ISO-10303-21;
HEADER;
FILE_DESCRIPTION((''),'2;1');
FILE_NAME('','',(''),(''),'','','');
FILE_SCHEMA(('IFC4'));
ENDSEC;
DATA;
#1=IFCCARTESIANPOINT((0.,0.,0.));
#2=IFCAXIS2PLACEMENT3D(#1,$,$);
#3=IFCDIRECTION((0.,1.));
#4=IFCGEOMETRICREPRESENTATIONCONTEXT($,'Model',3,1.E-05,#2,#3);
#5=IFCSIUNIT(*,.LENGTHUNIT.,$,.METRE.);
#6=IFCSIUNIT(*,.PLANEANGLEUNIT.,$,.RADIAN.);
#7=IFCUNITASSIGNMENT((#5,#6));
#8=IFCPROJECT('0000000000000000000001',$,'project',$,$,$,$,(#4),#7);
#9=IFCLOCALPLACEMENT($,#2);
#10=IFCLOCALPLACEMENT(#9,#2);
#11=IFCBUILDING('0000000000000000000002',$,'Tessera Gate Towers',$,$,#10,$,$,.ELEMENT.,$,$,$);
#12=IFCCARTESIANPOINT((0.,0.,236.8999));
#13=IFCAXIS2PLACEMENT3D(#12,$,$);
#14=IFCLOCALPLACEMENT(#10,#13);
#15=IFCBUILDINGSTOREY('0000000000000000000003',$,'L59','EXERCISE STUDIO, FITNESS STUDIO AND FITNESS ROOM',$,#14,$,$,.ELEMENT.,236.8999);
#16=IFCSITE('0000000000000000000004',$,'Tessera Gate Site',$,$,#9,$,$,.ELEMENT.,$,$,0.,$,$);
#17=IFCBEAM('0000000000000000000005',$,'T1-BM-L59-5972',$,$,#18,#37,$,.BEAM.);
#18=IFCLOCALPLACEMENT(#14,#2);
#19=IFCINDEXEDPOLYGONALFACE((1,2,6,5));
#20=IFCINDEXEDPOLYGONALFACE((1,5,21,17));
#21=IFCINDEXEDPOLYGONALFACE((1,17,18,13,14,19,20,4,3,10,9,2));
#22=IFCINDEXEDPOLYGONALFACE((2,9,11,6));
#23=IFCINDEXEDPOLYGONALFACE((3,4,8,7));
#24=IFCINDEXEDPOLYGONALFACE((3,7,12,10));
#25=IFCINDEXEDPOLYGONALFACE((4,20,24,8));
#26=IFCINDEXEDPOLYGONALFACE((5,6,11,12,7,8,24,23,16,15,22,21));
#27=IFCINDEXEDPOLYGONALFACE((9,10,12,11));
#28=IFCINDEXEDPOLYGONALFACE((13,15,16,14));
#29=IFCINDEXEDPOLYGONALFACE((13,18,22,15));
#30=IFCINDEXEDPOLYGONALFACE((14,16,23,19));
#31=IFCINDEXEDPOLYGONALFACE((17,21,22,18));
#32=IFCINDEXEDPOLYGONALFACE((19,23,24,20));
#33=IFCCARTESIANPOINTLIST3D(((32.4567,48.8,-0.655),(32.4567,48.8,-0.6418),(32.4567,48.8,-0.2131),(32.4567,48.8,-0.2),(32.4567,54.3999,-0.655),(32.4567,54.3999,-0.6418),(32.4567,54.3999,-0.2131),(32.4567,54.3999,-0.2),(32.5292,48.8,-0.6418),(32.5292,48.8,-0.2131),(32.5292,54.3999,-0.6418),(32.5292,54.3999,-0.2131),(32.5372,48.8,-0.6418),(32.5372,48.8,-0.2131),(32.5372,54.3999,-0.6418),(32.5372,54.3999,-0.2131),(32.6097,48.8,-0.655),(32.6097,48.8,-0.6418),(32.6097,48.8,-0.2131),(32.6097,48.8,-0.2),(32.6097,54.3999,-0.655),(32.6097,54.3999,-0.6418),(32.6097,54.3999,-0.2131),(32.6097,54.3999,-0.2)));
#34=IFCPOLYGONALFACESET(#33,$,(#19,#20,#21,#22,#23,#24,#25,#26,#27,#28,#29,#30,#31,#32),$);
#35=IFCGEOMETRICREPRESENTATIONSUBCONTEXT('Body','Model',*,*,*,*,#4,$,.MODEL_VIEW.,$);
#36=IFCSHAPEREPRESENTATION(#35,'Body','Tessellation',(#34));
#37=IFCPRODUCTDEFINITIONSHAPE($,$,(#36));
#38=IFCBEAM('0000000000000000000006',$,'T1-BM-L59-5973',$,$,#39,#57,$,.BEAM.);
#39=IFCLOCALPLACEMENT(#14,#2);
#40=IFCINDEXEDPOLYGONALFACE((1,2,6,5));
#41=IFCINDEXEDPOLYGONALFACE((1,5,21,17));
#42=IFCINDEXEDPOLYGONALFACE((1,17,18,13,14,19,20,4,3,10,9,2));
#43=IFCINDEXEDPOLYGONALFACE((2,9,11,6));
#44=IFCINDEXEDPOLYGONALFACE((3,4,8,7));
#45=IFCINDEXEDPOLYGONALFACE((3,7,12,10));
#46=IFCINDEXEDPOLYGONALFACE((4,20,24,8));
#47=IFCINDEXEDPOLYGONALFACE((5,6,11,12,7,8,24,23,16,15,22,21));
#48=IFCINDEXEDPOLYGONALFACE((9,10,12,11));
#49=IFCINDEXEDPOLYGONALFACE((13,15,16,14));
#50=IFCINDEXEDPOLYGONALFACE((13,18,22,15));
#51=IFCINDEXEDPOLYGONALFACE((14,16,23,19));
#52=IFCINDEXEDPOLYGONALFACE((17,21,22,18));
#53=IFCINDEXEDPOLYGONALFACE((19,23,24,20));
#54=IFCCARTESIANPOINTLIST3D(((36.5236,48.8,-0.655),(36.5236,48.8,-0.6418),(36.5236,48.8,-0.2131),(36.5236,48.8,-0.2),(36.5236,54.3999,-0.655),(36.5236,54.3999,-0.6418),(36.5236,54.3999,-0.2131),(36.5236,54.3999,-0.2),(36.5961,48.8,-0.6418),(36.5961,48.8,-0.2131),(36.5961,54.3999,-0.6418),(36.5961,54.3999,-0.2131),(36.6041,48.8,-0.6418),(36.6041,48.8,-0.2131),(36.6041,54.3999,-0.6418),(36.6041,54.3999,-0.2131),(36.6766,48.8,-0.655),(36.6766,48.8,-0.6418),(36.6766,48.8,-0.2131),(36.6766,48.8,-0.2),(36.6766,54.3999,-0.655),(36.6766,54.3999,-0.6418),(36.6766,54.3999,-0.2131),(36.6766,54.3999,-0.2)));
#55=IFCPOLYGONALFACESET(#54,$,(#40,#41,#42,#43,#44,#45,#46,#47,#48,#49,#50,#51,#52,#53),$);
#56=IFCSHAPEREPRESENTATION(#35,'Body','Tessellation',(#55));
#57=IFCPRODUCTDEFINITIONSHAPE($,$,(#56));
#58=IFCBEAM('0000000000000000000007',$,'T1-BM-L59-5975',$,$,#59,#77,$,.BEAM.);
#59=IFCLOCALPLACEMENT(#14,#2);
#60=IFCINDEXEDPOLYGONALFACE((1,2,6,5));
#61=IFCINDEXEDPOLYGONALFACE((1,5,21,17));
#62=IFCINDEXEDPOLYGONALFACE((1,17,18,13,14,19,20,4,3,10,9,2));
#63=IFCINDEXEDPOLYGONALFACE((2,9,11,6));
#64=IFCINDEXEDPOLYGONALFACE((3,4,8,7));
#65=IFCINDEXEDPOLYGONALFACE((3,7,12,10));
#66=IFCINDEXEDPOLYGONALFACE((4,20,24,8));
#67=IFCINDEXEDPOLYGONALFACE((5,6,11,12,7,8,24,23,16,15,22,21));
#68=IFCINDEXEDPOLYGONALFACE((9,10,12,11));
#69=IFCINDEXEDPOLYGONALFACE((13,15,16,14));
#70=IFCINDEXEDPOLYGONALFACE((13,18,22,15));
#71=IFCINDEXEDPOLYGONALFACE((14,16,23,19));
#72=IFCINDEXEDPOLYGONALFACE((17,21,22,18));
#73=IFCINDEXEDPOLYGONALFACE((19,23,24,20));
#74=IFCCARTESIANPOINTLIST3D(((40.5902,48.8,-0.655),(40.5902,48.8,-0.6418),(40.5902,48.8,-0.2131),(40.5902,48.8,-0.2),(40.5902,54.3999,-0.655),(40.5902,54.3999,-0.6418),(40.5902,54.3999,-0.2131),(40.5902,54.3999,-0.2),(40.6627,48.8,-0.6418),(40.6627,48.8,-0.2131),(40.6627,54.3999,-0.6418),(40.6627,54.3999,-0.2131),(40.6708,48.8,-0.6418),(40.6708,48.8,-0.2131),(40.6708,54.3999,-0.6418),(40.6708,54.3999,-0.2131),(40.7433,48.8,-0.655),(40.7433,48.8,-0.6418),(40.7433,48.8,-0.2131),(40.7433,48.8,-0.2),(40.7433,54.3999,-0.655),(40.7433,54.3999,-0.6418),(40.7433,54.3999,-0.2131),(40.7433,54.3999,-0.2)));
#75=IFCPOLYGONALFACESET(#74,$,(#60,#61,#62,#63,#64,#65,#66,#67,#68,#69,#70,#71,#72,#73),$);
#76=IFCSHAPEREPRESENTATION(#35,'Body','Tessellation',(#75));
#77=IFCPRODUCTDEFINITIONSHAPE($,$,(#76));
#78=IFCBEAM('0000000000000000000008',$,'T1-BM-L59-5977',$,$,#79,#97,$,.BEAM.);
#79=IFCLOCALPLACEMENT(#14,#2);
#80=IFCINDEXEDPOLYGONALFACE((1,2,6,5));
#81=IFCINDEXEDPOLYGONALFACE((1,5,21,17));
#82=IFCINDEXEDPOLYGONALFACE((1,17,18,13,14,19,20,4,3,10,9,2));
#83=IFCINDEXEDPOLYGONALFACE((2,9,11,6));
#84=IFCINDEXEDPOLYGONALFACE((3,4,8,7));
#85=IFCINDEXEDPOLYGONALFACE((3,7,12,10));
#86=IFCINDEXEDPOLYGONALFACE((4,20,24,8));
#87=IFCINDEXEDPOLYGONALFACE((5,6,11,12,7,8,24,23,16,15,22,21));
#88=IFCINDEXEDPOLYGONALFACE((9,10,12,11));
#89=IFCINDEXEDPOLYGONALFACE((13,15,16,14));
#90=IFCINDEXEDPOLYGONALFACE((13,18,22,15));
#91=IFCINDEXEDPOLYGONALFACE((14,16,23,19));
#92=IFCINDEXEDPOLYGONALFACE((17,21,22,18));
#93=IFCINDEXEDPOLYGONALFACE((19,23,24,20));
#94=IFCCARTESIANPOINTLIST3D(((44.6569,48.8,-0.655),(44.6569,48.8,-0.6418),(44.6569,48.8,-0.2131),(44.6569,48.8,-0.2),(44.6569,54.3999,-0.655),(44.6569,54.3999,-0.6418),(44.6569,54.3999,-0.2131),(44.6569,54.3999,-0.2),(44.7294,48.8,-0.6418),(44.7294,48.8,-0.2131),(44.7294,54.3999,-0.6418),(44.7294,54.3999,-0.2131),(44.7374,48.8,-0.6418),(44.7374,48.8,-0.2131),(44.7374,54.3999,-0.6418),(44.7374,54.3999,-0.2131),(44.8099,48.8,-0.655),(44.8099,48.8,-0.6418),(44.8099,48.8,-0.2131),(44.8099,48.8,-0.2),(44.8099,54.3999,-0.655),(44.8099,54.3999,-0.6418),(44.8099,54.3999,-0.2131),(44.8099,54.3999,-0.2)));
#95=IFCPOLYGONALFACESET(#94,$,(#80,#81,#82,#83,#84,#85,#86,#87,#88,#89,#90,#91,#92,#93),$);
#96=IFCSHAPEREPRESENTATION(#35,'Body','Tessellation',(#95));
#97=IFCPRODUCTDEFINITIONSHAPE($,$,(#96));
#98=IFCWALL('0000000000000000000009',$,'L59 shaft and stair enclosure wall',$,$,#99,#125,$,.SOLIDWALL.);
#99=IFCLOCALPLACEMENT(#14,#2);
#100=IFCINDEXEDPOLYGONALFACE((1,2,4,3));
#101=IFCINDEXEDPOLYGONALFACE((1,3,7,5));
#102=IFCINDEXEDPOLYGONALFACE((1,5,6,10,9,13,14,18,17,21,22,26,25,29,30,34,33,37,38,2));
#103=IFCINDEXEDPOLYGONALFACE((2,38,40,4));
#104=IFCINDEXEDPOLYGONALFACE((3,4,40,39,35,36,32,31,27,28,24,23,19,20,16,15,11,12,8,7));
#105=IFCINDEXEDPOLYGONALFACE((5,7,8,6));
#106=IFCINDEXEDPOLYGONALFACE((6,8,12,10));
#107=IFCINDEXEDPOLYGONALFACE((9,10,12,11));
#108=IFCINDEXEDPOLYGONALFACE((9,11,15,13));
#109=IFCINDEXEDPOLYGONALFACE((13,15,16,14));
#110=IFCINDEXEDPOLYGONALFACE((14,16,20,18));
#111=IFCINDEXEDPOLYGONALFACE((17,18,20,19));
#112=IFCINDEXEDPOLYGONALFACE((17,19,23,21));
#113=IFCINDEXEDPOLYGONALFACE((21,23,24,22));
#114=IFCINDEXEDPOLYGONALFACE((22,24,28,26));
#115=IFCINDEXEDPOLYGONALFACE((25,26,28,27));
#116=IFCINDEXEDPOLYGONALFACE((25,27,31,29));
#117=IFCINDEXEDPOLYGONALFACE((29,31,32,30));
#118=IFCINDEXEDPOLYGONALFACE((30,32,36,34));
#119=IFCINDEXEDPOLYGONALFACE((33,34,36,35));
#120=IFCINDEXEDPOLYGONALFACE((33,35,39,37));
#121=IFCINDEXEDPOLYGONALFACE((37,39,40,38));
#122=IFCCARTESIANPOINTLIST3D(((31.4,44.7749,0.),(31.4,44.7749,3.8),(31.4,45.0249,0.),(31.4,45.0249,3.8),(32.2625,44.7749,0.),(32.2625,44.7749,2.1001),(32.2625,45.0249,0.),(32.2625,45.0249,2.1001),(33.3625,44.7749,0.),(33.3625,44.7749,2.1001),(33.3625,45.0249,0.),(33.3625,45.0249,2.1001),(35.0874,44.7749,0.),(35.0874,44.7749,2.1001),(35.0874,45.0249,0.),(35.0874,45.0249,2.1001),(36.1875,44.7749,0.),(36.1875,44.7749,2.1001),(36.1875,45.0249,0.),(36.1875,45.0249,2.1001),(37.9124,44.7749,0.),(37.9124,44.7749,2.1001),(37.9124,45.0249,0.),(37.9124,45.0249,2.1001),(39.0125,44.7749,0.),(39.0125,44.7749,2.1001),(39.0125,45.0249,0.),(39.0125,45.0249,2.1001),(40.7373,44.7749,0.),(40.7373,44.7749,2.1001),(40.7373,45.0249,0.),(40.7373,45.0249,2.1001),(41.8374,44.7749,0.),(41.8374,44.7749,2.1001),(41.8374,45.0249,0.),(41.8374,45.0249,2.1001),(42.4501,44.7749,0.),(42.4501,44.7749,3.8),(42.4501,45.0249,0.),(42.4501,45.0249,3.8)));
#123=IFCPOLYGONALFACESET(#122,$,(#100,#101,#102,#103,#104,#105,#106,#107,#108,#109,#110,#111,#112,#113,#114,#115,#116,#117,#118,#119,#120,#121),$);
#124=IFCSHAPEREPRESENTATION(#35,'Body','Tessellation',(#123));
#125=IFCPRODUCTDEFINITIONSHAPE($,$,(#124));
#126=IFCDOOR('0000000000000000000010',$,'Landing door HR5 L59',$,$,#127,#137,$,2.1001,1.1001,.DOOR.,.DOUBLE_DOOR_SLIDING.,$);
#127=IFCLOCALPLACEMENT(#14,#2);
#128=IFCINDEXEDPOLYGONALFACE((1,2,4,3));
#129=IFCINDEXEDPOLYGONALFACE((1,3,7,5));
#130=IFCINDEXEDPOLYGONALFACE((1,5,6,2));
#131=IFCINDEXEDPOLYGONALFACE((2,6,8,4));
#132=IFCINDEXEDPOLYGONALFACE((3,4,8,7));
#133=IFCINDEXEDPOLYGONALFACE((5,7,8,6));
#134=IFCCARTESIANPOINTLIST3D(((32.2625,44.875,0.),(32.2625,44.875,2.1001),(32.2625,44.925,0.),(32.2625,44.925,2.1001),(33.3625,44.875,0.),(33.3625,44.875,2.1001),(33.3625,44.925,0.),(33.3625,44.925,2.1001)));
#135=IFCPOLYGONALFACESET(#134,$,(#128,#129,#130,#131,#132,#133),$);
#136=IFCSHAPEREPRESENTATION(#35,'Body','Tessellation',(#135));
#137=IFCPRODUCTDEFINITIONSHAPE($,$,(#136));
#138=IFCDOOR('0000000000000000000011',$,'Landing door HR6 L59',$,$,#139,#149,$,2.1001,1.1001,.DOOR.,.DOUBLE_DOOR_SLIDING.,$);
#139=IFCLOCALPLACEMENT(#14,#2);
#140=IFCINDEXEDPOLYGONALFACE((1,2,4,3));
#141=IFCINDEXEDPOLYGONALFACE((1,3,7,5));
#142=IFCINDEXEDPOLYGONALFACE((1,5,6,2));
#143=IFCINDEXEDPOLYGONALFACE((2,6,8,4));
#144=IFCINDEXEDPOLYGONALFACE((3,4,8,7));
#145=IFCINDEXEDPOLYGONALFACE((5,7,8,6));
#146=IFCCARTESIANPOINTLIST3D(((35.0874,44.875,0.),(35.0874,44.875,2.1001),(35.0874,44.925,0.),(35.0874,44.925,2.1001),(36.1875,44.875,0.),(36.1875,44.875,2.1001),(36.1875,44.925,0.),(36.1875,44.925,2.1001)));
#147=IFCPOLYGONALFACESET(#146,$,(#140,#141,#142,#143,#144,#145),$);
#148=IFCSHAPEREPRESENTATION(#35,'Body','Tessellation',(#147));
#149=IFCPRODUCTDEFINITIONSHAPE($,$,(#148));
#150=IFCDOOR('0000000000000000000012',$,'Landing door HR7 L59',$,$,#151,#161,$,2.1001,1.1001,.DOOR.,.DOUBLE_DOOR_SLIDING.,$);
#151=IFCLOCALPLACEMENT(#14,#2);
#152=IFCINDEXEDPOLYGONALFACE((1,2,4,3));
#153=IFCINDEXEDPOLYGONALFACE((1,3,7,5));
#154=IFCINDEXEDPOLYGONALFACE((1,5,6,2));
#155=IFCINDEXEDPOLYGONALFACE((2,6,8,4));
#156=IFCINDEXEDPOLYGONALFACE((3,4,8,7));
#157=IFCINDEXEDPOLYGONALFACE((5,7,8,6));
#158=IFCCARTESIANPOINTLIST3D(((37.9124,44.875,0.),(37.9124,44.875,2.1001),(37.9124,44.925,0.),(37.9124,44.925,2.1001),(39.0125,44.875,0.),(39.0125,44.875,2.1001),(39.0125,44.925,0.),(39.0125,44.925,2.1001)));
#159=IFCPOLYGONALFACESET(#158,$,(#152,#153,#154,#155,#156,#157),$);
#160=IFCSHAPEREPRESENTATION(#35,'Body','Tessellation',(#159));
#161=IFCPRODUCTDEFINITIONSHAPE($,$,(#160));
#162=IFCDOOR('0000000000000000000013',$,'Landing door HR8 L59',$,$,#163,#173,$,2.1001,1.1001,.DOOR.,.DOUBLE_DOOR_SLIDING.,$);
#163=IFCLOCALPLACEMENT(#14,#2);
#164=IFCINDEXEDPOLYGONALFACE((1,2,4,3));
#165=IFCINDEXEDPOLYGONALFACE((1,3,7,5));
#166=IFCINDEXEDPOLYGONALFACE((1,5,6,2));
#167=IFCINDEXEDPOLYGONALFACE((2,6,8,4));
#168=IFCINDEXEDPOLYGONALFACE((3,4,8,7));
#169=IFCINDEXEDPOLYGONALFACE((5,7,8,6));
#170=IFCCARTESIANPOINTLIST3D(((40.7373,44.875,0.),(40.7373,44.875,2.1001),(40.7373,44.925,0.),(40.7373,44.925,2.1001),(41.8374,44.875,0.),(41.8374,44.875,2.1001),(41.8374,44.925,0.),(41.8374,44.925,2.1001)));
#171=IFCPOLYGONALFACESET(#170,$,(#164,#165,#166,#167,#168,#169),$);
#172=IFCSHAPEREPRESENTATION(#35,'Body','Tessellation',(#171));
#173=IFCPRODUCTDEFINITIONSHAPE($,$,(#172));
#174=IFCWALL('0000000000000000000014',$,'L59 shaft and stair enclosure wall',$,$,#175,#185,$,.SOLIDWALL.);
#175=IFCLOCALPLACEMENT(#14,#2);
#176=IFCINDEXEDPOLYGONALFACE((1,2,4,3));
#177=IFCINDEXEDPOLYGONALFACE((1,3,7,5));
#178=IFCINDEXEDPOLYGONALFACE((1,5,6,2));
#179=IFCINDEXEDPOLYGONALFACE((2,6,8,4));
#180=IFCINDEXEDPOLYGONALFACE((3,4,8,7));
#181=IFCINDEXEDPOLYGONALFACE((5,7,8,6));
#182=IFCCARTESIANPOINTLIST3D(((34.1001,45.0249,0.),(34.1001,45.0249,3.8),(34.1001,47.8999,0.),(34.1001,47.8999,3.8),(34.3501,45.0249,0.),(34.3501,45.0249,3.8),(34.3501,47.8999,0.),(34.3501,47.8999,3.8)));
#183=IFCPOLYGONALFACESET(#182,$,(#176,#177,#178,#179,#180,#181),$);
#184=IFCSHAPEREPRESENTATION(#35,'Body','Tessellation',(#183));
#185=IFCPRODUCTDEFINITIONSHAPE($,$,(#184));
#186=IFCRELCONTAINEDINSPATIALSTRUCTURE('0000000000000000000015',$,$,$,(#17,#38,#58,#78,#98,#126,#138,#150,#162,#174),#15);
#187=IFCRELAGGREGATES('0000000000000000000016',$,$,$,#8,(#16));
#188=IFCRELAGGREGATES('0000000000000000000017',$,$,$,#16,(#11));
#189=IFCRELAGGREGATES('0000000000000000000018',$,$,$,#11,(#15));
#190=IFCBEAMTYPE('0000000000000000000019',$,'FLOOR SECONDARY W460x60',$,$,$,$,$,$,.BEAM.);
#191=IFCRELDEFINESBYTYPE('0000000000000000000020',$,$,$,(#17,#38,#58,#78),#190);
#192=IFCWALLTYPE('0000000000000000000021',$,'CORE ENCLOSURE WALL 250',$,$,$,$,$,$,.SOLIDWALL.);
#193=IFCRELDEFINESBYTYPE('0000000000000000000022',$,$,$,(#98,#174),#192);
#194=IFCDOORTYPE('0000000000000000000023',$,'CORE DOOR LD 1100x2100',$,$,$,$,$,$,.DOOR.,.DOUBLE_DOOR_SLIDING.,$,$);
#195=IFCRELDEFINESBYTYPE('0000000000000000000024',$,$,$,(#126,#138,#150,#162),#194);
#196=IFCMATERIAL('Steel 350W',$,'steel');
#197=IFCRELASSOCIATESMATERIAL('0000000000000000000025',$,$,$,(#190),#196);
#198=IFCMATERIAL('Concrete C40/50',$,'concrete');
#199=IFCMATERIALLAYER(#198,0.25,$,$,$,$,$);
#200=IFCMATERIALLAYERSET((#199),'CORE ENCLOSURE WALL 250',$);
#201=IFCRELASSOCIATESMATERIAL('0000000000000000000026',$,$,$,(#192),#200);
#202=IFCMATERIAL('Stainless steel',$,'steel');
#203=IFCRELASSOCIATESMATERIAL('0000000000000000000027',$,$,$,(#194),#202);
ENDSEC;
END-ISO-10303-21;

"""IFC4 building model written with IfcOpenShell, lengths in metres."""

from ifc_helpers import new_model, si_unit, direction, frame, frame_2d, origin, origin_2d, place, context, subcontext, project, spatial, rectangle, i_section, extrude, source, transform, mapped, material, layer, layer_set, material_profile, profile_set, type_object, element, fill, save


model = new_model("IFC4")

# Units and contexts
model_context = context("Model", 3, precision=1e-05, world=origin(), true_north=direction((0.0, 1.0)))
body_context = subcontext(model_context, "Body", "Model", "MODEL_VIEW")
ifc_project = project(units=[si_unit("LENGTHUNIT", "METRE"), si_unit("PLANEANGLEUNIT", "RADIAN")], contexts=[model_context])

# Site, building, storey
site_placement = place(None, origin())
site = spatial("IfcSite", under=ifc_project, at=site_placement, Name="Tessera Gate Site", CompositionType="ELEMENT", RefElevation=0.0)
building_placement = place(site_placement, origin())
building = spatial("IfcBuilding", under=site, at=building_placement, Name="Tessera Gate Towers", CompositionType="ELEMENT")
storey_placement = place(building_placement, frame((0.0, 0.0, 236.8999)))
storey = spatial("IfcBuildingStorey", under=building, at=storey_placement, Name="L59", Description="EXERCISE STUDIO, FITNESS STUDIO AND FITNESS ROOM", CompositionType="ELEMENT", Elevation=236.8999)

# Beams
ifc_material_1 = material(Name="Steel 350W", Category="steel")
ifc_material_profile = material_profile(ifc_material_1, i_section(OverallWidth=0.1531, OverallDepth=0.4551, WebThickness=0.0081, FlangeThickness=0.0132, at=origin_2d()), Name="W460x60")
ifc_profile_set = profile_set([ifc_material_profile], Name="Steel 350W")
beam_type = type_object("IfcBeamType", Name="FLOOR SECONDARY W460x60", PredefinedType="BEAM", material=ifc_profile_set)
for number, where, z_axis, x_axis, name in (
    (1, (32.5332, 48.8, -0.4275), (0.0, 1.0, 0.0), (-1.0, 0.0, 0.0), "T1-BM-L59-5972"),
    (2, (36.6001, 48.8, -0.4275), (0.0, 1.0, 0.0), (-1.0, 0.0, 0.0), "T1-BM-L59-5973"),
    (3, (40.6667, 48.8, -0.4275), (0.0, 1.0, 0.0), (-1.0, 0.0, 0.0), "T1-BM-L59-5975"),
    (4, (44.7334, 48.8, -0.4275), (0.0, 1.0, 0.0), (-1.0, 0.0, 0.0), "T1-BM-L59-5977"),
):
    element("IfcBeam", number, at=place(storey_placement, frame(where, z_axis=z_axis, x_axis=x_axis)), inside=storey, type_object=beam_type, Name=name, PredefinedType="BEAM", context=body_context, shape_type="SweptSolid", body=[
        extrude(i_section(OverallWidth=0.1531, OverallDepth=0.4551, WebThickness=0.0081, FlangeThickness=0.0132, at=origin_2d()), origin(), (0.0, 0.0, 1.0), 5.5999),
    ])

# Wall, openings, doors
ifc_material_2 = material(Name="Concrete C40/50", Category="concrete")
ifc_layer_1 = layer(ifc_material_2, 0.25)
ifc_layer_set_1 = layer_set([ifc_layer_1], Name="CORE ENCLOSURE WALL 250")
wall_type_1 = type_object("IfcWallType", Name="CORE ENCLOSURE WALL 250", PredefinedType="SOLIDWALL", material=ifc_layer_set_1)
wall_1_placement = place(storey_placement, frame((42.45, 44.8999, 0.0), z_axis=(0.0, 0.0, 1.0), x_axis=(-1.0, 0.0, 0.0)))
wall_1 = element("IfcWall", 5, at=wall_1_placement, inside=storey, type_object=wall_type_1, Name="L59 shaft and stair enclosure wall", PredefinedType="SOLIDWALL", context=body_context, shape_type="SweptSolid", body=[
    extrude(rectangle(XDim=11.05, YDim=0.25, at=frame_2d((5.5249, 0.0))), origin(), (0.0, 0.0, 1.0), 3.8),
])
shared_shape_1 = source(origin(), body_context, "Body", "SweptSolid", [
    extrude(rectangle(XDim=1.1001, YDim=2.1001, at=frame_2d((0.55, 1.05))), frame((0.0, 0.135, 0.0), z_axis=(0.0, -1.0, 0.0), x_axis=(1.0, 0.0, 0.0)), (0.0, 0.0, 1.0), 0.27),
])
opening_1_placement = place(wall_1_placement, frame((9.0874, 0.0, 0.0)))
opening_1 = element("IfcOpeningElement", 6, at=opening_1_placement, cuts=wall_1, PredefinedType="OPENING", context=body_context, shape_type="MappedRepresentation", body=[
    mapped(shared_shape_1, transform((0.0, 0.0, 0.0), scale=1.0)),
])
opening_2_placement = place(wall_1_placement, frame((6.2625, 0.0, 0.0)))
opening_2 = element("IfcOpeningElement", 7, at=opening_2_placement, cuts=wall_1, PredefinedType="OPENING", context=body_context, shape_type="MappedRepresentation", body=[
    mapped(shared_shape_1, transform((0.0, 0.0, 0.0), scale=1.0)),
])
opening_3_placement = place(wall_1_placement, frame((3.4375, 0.0, 0.0)))
opening_3 = element("IfcOpeningElement", 8, at=opening_3_placement, cuts=wall_1, PredefinedType="OPENING", context=body_context, shape_type="MappedRepresentation", body=[
    mapped(shared_shape_1, transform((0.0, 0.0, 0.0), scale=1.0)),
])
opening_4_placement = place(wall_1_placement, frame((0.6125, 0.0, 0.0)))
opening_4 = element("IfcOpeningElement", 9, at=opening_4_placement, cuts=wall_1, PredefinedType="OPENING", context=body_context, shape_type="MappedRepresentation", body=[
    mapped(shared_shape_1, transform((0.0, 0.0, 0.0), scale=1.0)),
])
ifc_material_3 = material(Name="Stainless steel", Category="steel")
door_type_1 = type_object("IfcDoorType", Name="CORE DOOR LD 1100x2100", OperationType="DOUBLE_DOOR_SLIDING", PredefinedType="DOOR", material=ifc_material_3)
shared_shape_2 = source(origin(), body_context, "Body", "SweptSolid", [
    extrude(rectangle(XDim=1.1001, YDim=2.1001, at=frame_2d((0.55, 1.05))), frame((0.0, 0.0249, 0.0), z_axis=(0.0, -1.0, 0.0), x_axis=(1.0, 0.0, 0.0)), (0.0, 0.0, 1.0), 0.05),
])
door_1_placement = place(opening_1_placement, origin())
door_1 = element("IfcDoor", 10, at=door_1_placement, inside=storey, type_object=door_type_1, Name="Landing door HR5 L59", OperationType="DOUBLE_DOOR_SLIDING", OverallHeight=2.1001, OverallWidth=1.1001, PredefinedType="DOOR", context=body_context, shape_type="MappedRepresentation", body=[
    mapped(shared_shape_2, transform((0.0, 0.0, 0.0), scale=1.0)),
])
fill(opening_1, door_1)
door_2_placement = place(opening_2_placement, origin())
door_2 = element("IfcDoor", 11, at=door_2_placement, inside=storey, type_object=door_type_1, Name="Landing door HR6 L59", OperationType="DOUBLE_DOOR_SLIDING", OverallHeight=2.1001, OverallWidth=1.1001, PredefinedType="DOOR", context=body_context, shape_type="MappedRepresentation", body=[
    mapped(shared_shape_2, transform((0.0, 0.0, 0.0), scale=1.0)),
])
fill(opening_2, door_2)
door_3_placement = place(opening_3_placement, origin())
door_3 = element("IfcDoor", 12, at=door_3_placement, inside=storey, type_object=door_type_1, Name="Landing door HR7 L59", OperationType="DOUBLE_DOOR_SLIDING", OverallHeight=2.1001, OverallWidth=1.1001, PredefinedType="DOOR", context=body_context, shape_type="MappedRepresentation", body=[
    mapped(shared_shape_2, transform((0.0, 0.0, 0.0), scale=1.0)),
])
fill(opening_3, door_3)
door_4_placement = place(opening_4_placement, origin())
door_4 = element("IfcDoor", 13, at=door_4_placement, inside=storey, type_object=door_type_1, Name="Landing door HR8 L59", OperationType="DOUBLE_DOOR_SLIDING", OverallHeight=2.1001, OverallWidth=1.1001, PredefinedType="DOOR", context=body_context, shape_type="MappedRepresentation", body=[
    mapped(shared_shape_2, transform((0.0, 0.0, 0.0), scale=1.0)),
])
fill(opening_4, door_4)

# Wall
for number, where, z_axis, x_axis, name in (
    (14, (34.2251, 45.0249, 0.0), (0.0, 0.0, 1.0), (0.0, 1.0, 0.0), "L59 shaft and stair enclosure wall"),
):
    element("IfcWall", number, at=place(storey_placement, frame(where, z_axis=z_axis, x_axis=x_axis)), inside=storey, type_object=wall_type_1, Name=name, PredefinedType="SOLIDWALL", context=body_context, shape_type="SweptSolid", body=[
        extrude(rectangle(XDim=2.875, YDim=0.25, at=frame_2d((1.4375, 0.0))), origin(), (0.0, 0.0, 1.0), 3.8),
    ])

save(model, "model.ifc")
